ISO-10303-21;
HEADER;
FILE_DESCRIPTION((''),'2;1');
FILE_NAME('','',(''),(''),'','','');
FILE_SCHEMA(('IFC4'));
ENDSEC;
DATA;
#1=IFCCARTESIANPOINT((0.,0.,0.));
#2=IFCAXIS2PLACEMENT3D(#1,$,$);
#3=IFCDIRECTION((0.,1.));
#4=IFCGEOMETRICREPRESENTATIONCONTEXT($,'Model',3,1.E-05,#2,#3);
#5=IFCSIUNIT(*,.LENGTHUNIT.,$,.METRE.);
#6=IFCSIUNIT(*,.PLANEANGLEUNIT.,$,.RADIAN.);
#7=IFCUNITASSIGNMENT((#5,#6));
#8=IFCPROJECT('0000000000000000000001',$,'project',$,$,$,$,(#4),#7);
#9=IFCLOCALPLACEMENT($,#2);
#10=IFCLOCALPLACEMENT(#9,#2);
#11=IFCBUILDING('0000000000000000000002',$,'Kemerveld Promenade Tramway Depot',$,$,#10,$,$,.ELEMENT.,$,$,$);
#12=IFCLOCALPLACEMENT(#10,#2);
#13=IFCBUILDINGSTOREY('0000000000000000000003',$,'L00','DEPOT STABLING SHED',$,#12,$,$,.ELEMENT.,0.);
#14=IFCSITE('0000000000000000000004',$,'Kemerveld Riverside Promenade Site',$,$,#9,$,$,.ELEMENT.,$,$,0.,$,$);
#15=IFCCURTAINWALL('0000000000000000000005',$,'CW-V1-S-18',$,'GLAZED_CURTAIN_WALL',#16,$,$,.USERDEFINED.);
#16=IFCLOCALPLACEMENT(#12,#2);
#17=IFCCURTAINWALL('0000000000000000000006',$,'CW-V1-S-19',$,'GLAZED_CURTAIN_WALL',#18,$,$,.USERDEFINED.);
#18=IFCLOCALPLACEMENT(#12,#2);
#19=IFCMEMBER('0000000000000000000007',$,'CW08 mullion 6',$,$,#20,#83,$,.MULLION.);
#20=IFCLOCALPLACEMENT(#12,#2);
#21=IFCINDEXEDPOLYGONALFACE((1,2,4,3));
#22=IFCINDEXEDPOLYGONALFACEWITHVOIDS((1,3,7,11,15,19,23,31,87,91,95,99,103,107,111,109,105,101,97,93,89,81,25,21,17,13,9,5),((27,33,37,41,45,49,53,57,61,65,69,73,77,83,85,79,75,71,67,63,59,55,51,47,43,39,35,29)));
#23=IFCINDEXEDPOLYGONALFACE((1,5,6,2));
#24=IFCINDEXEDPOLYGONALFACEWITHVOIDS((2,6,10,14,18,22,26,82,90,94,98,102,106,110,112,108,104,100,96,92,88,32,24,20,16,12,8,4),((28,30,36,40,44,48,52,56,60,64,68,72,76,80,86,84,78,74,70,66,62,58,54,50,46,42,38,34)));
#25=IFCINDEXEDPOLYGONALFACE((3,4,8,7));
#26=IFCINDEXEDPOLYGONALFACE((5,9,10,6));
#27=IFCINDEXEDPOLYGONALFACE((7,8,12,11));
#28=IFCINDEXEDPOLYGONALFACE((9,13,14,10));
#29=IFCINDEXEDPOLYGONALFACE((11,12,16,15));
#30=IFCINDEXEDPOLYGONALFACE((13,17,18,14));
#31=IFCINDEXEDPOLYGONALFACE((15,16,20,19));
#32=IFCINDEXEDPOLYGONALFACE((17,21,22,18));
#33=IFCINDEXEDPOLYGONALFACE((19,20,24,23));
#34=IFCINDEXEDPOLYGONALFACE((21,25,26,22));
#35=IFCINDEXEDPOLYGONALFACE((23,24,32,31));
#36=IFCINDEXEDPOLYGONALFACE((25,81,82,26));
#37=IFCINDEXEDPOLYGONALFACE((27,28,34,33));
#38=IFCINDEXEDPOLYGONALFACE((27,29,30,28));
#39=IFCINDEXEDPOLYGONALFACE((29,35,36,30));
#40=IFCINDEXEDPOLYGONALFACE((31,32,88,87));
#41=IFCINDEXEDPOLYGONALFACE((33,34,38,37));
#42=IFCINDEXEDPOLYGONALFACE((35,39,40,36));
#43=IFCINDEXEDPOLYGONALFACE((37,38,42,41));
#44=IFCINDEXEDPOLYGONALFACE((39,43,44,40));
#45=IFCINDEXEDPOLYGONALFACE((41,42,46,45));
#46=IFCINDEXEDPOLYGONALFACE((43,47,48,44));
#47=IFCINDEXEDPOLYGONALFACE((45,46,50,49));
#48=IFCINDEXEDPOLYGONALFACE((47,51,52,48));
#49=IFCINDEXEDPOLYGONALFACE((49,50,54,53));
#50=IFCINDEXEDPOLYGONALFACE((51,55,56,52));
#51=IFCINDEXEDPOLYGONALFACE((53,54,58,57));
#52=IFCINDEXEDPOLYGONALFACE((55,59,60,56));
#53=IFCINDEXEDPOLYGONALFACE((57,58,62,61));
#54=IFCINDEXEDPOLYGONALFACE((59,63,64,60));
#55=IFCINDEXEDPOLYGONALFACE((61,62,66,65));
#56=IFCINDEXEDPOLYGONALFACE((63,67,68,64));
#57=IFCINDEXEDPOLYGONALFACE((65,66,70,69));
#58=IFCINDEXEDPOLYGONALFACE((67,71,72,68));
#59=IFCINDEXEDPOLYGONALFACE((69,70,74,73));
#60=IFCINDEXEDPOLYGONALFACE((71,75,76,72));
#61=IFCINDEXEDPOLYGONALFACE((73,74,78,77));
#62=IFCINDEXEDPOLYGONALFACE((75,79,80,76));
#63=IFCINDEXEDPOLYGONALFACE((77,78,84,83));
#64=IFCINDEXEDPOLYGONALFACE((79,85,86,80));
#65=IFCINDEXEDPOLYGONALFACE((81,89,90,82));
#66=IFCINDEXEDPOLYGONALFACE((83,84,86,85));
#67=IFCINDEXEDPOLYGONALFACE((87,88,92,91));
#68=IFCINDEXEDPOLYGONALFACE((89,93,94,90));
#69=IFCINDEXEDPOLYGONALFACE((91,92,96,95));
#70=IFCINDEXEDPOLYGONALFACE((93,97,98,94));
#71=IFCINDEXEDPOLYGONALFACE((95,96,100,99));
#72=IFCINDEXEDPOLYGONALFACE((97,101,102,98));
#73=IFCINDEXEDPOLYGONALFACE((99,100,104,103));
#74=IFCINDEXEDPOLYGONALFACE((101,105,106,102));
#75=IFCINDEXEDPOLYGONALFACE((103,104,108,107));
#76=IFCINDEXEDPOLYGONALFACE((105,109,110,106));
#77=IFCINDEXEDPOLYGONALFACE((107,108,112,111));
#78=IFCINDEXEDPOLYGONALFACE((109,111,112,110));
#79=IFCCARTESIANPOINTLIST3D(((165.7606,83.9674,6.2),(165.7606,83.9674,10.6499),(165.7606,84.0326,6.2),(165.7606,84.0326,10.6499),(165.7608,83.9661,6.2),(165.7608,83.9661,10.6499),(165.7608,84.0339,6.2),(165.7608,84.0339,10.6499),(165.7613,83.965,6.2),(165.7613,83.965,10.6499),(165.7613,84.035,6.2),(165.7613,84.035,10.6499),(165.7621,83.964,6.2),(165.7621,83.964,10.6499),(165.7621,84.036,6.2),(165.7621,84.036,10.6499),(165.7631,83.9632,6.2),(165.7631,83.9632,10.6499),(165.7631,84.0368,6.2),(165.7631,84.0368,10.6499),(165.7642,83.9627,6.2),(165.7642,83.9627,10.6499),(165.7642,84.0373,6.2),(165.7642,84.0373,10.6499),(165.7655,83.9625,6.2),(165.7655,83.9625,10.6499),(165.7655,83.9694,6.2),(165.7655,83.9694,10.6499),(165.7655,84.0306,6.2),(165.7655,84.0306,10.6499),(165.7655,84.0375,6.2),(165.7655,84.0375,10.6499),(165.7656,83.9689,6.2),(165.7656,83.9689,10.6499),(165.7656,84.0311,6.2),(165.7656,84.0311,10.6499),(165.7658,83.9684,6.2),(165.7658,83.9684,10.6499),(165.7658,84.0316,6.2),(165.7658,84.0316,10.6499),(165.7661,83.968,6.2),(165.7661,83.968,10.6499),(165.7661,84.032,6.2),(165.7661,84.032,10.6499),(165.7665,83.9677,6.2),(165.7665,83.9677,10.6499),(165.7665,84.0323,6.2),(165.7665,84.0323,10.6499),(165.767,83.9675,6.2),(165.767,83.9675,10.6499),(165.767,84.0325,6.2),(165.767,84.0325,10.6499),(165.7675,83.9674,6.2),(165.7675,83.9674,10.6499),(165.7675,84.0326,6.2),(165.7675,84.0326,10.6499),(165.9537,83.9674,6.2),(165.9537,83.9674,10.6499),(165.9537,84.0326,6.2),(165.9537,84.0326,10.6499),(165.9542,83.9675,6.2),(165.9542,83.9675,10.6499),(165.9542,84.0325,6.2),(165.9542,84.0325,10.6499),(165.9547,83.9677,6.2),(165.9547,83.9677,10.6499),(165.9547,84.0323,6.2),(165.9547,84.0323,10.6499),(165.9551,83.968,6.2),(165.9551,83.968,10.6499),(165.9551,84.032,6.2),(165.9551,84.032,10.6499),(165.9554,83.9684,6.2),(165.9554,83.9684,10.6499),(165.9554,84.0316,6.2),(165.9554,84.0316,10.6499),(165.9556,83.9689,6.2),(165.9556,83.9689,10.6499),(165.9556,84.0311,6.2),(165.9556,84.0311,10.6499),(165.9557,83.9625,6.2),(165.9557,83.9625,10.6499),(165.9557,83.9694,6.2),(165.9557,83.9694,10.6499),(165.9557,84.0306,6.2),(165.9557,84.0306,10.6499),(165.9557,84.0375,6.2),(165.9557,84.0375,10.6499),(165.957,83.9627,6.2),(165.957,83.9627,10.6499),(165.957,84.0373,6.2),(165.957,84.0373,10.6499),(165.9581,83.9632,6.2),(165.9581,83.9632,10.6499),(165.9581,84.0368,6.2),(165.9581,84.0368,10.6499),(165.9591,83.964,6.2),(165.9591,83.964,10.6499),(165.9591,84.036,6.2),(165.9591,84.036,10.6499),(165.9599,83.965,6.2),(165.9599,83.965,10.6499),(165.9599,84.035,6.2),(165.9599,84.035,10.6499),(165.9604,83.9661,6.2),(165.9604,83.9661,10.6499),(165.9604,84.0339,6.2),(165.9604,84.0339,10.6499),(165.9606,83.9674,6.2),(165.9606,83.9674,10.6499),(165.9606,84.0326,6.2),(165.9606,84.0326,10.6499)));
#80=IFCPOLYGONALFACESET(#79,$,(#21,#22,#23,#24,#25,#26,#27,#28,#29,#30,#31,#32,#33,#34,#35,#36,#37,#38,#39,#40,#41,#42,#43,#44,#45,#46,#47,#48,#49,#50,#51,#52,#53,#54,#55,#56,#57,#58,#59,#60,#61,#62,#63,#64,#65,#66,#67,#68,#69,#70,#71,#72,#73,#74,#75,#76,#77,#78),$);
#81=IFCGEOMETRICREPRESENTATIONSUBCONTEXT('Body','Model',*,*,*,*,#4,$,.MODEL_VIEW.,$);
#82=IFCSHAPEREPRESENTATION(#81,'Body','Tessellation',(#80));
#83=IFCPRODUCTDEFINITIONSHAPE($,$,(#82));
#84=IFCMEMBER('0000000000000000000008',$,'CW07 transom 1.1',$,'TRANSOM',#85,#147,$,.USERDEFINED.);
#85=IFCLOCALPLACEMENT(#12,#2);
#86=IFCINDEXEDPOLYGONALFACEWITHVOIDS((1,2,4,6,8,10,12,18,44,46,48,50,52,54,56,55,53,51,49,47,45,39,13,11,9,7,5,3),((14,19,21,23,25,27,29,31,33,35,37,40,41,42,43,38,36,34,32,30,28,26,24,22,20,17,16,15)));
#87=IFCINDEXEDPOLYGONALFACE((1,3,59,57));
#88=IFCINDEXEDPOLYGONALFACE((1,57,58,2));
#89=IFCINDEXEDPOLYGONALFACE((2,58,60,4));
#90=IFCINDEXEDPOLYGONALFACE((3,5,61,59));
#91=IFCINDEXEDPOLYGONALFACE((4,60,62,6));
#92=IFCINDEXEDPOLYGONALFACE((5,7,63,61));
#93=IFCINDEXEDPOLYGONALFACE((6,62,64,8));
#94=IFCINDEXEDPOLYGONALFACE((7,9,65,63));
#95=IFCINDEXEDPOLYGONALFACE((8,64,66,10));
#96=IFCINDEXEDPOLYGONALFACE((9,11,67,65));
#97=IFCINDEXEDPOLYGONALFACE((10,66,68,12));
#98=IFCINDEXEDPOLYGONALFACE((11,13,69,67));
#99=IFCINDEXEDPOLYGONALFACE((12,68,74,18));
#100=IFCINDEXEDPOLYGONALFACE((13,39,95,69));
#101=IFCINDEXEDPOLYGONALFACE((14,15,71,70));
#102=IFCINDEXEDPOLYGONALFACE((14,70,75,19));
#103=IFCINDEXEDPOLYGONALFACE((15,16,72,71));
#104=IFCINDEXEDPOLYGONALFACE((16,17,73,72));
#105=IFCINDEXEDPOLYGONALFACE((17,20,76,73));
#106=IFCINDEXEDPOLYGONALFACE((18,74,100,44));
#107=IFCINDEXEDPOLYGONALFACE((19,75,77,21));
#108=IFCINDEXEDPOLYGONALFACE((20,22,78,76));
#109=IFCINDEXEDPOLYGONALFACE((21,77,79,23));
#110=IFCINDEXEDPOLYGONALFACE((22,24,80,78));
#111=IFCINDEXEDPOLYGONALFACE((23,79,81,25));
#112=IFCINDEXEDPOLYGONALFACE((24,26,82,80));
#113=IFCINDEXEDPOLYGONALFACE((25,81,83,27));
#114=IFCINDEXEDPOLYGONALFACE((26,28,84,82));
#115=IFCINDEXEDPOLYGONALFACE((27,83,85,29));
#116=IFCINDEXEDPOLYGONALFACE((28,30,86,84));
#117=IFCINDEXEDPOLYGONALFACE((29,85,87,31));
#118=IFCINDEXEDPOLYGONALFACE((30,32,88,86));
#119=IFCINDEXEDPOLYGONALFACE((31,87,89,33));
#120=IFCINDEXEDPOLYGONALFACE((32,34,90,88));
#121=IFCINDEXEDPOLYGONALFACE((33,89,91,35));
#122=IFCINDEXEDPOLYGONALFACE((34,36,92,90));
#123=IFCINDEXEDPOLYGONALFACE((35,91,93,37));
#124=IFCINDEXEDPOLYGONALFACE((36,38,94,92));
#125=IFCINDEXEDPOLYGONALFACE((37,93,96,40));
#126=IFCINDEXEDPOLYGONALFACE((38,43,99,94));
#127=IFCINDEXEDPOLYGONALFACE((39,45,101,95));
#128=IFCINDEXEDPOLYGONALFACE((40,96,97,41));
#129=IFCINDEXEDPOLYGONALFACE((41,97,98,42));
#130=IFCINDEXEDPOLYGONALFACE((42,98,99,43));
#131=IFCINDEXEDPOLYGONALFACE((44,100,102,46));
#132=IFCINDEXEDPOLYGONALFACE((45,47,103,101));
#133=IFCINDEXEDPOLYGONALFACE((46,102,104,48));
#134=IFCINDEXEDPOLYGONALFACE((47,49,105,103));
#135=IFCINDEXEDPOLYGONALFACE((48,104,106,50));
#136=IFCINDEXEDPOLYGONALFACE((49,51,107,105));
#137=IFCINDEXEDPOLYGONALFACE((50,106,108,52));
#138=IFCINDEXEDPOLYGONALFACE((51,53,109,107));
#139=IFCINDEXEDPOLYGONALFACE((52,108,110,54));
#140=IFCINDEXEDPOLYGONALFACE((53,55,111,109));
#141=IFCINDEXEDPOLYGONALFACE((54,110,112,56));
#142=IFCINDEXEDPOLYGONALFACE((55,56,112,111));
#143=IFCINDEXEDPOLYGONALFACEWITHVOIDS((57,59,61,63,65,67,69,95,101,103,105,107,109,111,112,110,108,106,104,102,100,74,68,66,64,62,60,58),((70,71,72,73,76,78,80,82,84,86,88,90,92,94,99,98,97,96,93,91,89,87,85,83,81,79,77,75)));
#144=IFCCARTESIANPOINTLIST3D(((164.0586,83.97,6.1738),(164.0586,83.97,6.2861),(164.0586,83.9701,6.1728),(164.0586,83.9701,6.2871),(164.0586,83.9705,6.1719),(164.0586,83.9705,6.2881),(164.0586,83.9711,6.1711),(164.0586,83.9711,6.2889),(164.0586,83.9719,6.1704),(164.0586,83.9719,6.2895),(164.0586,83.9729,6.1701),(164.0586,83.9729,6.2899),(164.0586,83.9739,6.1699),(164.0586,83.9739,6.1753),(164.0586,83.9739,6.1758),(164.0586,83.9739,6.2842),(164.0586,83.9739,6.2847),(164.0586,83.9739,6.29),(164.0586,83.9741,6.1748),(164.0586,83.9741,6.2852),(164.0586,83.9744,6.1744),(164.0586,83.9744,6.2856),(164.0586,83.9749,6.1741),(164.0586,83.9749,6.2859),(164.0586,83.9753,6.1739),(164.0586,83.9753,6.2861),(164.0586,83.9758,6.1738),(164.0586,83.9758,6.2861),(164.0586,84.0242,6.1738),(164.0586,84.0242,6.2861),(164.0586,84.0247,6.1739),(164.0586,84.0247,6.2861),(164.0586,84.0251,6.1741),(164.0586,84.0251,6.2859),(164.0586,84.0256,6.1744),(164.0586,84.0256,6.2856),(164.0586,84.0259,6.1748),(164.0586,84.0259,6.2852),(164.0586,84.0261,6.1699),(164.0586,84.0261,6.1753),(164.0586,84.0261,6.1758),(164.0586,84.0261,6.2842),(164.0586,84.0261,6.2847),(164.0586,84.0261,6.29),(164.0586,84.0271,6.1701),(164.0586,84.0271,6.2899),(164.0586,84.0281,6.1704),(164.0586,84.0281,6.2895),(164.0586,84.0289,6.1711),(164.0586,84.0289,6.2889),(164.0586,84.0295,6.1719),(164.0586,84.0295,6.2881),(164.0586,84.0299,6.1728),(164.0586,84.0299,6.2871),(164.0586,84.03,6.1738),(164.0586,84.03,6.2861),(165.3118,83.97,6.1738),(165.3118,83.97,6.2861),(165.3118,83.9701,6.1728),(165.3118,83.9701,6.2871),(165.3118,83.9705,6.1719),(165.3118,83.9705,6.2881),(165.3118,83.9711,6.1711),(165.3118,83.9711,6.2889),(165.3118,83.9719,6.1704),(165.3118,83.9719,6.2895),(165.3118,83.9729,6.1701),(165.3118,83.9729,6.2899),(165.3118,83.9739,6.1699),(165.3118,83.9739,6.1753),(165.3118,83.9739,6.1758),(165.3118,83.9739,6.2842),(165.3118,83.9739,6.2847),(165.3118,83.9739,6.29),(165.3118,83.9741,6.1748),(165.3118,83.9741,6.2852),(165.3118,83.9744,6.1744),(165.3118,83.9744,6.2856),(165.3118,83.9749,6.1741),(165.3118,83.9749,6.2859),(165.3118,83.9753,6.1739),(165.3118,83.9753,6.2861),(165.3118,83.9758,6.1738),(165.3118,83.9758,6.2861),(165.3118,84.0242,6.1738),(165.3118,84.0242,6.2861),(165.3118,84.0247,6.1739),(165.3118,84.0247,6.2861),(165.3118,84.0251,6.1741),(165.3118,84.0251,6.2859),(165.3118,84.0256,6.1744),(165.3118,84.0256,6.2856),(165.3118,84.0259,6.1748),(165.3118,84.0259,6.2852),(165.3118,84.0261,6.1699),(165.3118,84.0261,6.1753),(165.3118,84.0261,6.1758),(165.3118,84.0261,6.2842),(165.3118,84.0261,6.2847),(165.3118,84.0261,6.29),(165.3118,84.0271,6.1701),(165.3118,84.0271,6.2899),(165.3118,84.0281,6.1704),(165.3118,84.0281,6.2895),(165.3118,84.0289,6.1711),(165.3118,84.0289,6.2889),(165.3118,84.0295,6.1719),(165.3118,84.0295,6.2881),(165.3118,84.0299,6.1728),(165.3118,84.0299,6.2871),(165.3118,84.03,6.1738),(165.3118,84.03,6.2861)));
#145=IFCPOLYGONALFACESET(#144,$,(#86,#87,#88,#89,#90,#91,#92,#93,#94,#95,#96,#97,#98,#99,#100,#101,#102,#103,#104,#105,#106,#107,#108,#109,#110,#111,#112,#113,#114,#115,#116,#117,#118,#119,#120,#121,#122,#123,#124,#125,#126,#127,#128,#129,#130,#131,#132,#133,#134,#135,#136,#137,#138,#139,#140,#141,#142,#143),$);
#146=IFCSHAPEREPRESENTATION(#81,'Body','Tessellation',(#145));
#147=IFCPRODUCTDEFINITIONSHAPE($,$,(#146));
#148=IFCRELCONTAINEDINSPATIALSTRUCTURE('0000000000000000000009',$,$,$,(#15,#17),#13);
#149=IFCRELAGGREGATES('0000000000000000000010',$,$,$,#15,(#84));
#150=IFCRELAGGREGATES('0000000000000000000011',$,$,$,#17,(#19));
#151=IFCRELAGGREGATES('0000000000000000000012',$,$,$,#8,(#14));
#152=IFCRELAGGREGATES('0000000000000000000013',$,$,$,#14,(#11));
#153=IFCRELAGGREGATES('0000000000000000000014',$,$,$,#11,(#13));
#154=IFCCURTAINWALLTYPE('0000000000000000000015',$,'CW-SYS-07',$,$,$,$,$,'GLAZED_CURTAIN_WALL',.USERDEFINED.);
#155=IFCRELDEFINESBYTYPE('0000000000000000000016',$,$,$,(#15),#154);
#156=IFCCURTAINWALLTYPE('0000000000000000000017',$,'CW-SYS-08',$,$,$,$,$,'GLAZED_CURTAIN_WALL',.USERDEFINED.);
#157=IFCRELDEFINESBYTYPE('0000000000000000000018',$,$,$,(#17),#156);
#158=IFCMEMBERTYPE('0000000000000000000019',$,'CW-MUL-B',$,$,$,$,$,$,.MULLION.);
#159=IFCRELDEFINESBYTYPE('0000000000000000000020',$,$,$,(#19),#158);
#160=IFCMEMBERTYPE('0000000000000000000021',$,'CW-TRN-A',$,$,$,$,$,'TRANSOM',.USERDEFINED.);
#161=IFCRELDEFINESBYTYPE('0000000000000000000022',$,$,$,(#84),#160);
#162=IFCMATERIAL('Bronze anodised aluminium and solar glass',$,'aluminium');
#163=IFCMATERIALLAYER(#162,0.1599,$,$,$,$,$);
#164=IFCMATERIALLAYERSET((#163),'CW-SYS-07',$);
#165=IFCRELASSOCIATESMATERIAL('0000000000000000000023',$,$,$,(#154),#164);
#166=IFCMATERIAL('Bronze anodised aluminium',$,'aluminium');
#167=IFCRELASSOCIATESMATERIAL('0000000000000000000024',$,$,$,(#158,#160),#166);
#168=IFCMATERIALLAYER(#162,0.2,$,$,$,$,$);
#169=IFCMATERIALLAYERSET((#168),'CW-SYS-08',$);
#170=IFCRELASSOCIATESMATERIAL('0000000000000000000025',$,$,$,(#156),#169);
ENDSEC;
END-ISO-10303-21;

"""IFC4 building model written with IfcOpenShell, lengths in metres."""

from ifc_helpers import new_model, si_unit, direction, frame, origin, origin_2d, place, context, subcontext, project, spatial, hollow_rectangle, extrude, material, layer, layer_set, material_profile, profile_set, type_object, element, aggregate, save


model = new_model("IFC4")

# Units and contexts
model_context = context("Model", 3, precision=1e-05, world=origin(), true_north=direction((0.0, 1.0)))
body_context = subcontext(model_context, "Body", "Model", "MODEL_VIEW")
ifc_project = project(units=[si_unit("LENGTHUNIT", "METRE"), si_unit("PLANEANGLEUNIT", "RADIAN")], contexts=[model_context])

# Site, building, storey
site_placement = place(None, origin())
site = spatial("IfcSite", under=ifc_project, at=site_placement, Name="Kemerveld Riverside Promenade Site", CompositionType="ELEMENT", RefElevation=0.0)
building_placement = place(site_placement, origin())
building = spatial("IfcBuilding", under=site, at=building_placement, Name="Kemerveld Promenade Tramway Depot", CompositionType="ELEMENT")
storey_placement = place(building_placement, origin())
storey = spatial("IfcBuildingStorey", under=building, at=storey_placement, Name="L00", Description="DEPOT STABLING SHED", CompositionType="ELEMENT", Elevation=0.0)

# Curtain wall
ifc_material_1 = material(Name="Bronze anodised aluminium and solar glass", Category="aluminium")
ifc_layer_1 = layer(ifc_material_1, 0.1599)
ifc_layer_set_1 = layer_set([ifc_layer_1], Name="CW-SYS-07")
curtain_wall_type_1 = type_object("IfcCurtainWallType", Name="CW-SYS-07", ElementType="GLAZED_CURTAIN_WALL", PredefinedType="USERDEFINED", material=ifc_layer_set_1)
curtain_wall_1_placement = place(storey_placement, origin())
curtain_wall_1 = element("IfcCurtainWall", 1, at=curtain_wall_1_placement, inside=storey, type_object=curtain_wall_type_1, Name="CW-V1-S-18", ObjectType="GLAZED_CURTAIN_WALL", PredefinedType="USERDEFINED")
ifc_material_2 = material(Name="Bronze anodised aluminium", Category="aluminium")

# Shared definitions
ifc_material_profile_1 = material_profile(ifc_material_2, hollow_rectangle(XDim=0.075, YDim=0.2, WallThickness=0.0049, InnerFilletRadius=0.002, OuterFilletRadius=0.0049, at=origin_2d()), Name="CW-MUL-200x75")
ifc_profile_set_1 = profile_set([ifc_material_profile_1], Name="Bronze anodised aluminium")
member_type_1 = type_object("IfcMemberType", Name="CW-MUL-B", PredefinedType="MULLION", material=ifc_profile_set_1)

# Curtain wall, member
ifc_layer_2 = layer(ifc_material_1, 0.2)
ifc_layer_set_2 = layer_set([ifc_layer_2], Name="CW-SYS-08")
curtain_wall_type_2 = type_object("IfcCurtainWallType", Name="CW-SYS-08", ElementType="GLAZED_CURTAIN_WALL", PredefinedType="USERDEFINED", material=ifc_layer_set_2)
curtain_wall_2_placement = place(storey_placement, origin())
curtain_wall_2 = element("IfcCurtainWall", 2, at=curtain_wall_2_placement, inside=storey, type_object=curtain_wall_type_2, Name="CW-V1-S-19", ObjectType="GLAZED_CURTAIN_WALL", PredefinedType="USERDEFINED")
member_1_placement = place(storey_placement, frame((165.8606, 84.0, 6.2), z_axis=(0.0, 0.0, 1.0), x_axis=(0.0, -1.0, 0.0)))
member_1 = element("IfcMember", 3, at=member_1_placement, type_object=member_type_1, Name="CW08 mullion 6", PredefinedType="MULLION", context=body_context, shape_type="SweptSolid", body=[
    extrude(hollow_rectangle(XDim=0.075, YDim=0.2, WallThickness=0.0049, InnerFilletRadius=0.002, OuterFilletRadius=0.0049, at=origin_2d()), origin(), (0.0, 0.0, 1.0), 4.45),
])

# Member
ifc_material_profile_2 = material_profile(ifc_material_2, hollow_rectangle(XDim=0.0601, YDim=0.1201, WallThickness=0.0039, InnerFilletRadius=0.002, OuterFilletRadius=0.0039, at=origin_2d()), Name="CW-TRN-120x60")
ifc_profile_set_2 = profile_set([ifc_material_profile_2], Name="Bronze anodised aluminium")
member_type_2 = type_object("IfcMemberType", Name="CW-TRN-A", ElementType="TRANSOM", PredefinedType="USERDEFINED", material=ifc_profile_set_2)
member_2_placement = place(storey_placement, frame((165.3118, 84.0, 6.23), z_axis=(-1.0, 0.0, 0.0), x_axis=(0.0, -1.0, 0.0)))
member_2 = element("IfcMember", 4, at=member_2_placement, type_object=member_type_2, Name="CW07 transom 1.1", ObjectType="TRANSOM", PredefinedType="USERDEFINED", context=body_context, shape_type="SweptSolid", body=[
    extrude(hollow_rectangle(XDim=0.0601, YDim=0.1201, WallThickness=0.0039, InnerFilletRadius=0.002, OuterFilletRadius=0.0039, at=origin_2d()), origin(), (0.0, 0.0, 1.0), 1.2532),
])

aggregate(curtain_wall_1, [member_2])
aggregate(curtain_wall_2, [member_1])

save(model, "model.ifc")
